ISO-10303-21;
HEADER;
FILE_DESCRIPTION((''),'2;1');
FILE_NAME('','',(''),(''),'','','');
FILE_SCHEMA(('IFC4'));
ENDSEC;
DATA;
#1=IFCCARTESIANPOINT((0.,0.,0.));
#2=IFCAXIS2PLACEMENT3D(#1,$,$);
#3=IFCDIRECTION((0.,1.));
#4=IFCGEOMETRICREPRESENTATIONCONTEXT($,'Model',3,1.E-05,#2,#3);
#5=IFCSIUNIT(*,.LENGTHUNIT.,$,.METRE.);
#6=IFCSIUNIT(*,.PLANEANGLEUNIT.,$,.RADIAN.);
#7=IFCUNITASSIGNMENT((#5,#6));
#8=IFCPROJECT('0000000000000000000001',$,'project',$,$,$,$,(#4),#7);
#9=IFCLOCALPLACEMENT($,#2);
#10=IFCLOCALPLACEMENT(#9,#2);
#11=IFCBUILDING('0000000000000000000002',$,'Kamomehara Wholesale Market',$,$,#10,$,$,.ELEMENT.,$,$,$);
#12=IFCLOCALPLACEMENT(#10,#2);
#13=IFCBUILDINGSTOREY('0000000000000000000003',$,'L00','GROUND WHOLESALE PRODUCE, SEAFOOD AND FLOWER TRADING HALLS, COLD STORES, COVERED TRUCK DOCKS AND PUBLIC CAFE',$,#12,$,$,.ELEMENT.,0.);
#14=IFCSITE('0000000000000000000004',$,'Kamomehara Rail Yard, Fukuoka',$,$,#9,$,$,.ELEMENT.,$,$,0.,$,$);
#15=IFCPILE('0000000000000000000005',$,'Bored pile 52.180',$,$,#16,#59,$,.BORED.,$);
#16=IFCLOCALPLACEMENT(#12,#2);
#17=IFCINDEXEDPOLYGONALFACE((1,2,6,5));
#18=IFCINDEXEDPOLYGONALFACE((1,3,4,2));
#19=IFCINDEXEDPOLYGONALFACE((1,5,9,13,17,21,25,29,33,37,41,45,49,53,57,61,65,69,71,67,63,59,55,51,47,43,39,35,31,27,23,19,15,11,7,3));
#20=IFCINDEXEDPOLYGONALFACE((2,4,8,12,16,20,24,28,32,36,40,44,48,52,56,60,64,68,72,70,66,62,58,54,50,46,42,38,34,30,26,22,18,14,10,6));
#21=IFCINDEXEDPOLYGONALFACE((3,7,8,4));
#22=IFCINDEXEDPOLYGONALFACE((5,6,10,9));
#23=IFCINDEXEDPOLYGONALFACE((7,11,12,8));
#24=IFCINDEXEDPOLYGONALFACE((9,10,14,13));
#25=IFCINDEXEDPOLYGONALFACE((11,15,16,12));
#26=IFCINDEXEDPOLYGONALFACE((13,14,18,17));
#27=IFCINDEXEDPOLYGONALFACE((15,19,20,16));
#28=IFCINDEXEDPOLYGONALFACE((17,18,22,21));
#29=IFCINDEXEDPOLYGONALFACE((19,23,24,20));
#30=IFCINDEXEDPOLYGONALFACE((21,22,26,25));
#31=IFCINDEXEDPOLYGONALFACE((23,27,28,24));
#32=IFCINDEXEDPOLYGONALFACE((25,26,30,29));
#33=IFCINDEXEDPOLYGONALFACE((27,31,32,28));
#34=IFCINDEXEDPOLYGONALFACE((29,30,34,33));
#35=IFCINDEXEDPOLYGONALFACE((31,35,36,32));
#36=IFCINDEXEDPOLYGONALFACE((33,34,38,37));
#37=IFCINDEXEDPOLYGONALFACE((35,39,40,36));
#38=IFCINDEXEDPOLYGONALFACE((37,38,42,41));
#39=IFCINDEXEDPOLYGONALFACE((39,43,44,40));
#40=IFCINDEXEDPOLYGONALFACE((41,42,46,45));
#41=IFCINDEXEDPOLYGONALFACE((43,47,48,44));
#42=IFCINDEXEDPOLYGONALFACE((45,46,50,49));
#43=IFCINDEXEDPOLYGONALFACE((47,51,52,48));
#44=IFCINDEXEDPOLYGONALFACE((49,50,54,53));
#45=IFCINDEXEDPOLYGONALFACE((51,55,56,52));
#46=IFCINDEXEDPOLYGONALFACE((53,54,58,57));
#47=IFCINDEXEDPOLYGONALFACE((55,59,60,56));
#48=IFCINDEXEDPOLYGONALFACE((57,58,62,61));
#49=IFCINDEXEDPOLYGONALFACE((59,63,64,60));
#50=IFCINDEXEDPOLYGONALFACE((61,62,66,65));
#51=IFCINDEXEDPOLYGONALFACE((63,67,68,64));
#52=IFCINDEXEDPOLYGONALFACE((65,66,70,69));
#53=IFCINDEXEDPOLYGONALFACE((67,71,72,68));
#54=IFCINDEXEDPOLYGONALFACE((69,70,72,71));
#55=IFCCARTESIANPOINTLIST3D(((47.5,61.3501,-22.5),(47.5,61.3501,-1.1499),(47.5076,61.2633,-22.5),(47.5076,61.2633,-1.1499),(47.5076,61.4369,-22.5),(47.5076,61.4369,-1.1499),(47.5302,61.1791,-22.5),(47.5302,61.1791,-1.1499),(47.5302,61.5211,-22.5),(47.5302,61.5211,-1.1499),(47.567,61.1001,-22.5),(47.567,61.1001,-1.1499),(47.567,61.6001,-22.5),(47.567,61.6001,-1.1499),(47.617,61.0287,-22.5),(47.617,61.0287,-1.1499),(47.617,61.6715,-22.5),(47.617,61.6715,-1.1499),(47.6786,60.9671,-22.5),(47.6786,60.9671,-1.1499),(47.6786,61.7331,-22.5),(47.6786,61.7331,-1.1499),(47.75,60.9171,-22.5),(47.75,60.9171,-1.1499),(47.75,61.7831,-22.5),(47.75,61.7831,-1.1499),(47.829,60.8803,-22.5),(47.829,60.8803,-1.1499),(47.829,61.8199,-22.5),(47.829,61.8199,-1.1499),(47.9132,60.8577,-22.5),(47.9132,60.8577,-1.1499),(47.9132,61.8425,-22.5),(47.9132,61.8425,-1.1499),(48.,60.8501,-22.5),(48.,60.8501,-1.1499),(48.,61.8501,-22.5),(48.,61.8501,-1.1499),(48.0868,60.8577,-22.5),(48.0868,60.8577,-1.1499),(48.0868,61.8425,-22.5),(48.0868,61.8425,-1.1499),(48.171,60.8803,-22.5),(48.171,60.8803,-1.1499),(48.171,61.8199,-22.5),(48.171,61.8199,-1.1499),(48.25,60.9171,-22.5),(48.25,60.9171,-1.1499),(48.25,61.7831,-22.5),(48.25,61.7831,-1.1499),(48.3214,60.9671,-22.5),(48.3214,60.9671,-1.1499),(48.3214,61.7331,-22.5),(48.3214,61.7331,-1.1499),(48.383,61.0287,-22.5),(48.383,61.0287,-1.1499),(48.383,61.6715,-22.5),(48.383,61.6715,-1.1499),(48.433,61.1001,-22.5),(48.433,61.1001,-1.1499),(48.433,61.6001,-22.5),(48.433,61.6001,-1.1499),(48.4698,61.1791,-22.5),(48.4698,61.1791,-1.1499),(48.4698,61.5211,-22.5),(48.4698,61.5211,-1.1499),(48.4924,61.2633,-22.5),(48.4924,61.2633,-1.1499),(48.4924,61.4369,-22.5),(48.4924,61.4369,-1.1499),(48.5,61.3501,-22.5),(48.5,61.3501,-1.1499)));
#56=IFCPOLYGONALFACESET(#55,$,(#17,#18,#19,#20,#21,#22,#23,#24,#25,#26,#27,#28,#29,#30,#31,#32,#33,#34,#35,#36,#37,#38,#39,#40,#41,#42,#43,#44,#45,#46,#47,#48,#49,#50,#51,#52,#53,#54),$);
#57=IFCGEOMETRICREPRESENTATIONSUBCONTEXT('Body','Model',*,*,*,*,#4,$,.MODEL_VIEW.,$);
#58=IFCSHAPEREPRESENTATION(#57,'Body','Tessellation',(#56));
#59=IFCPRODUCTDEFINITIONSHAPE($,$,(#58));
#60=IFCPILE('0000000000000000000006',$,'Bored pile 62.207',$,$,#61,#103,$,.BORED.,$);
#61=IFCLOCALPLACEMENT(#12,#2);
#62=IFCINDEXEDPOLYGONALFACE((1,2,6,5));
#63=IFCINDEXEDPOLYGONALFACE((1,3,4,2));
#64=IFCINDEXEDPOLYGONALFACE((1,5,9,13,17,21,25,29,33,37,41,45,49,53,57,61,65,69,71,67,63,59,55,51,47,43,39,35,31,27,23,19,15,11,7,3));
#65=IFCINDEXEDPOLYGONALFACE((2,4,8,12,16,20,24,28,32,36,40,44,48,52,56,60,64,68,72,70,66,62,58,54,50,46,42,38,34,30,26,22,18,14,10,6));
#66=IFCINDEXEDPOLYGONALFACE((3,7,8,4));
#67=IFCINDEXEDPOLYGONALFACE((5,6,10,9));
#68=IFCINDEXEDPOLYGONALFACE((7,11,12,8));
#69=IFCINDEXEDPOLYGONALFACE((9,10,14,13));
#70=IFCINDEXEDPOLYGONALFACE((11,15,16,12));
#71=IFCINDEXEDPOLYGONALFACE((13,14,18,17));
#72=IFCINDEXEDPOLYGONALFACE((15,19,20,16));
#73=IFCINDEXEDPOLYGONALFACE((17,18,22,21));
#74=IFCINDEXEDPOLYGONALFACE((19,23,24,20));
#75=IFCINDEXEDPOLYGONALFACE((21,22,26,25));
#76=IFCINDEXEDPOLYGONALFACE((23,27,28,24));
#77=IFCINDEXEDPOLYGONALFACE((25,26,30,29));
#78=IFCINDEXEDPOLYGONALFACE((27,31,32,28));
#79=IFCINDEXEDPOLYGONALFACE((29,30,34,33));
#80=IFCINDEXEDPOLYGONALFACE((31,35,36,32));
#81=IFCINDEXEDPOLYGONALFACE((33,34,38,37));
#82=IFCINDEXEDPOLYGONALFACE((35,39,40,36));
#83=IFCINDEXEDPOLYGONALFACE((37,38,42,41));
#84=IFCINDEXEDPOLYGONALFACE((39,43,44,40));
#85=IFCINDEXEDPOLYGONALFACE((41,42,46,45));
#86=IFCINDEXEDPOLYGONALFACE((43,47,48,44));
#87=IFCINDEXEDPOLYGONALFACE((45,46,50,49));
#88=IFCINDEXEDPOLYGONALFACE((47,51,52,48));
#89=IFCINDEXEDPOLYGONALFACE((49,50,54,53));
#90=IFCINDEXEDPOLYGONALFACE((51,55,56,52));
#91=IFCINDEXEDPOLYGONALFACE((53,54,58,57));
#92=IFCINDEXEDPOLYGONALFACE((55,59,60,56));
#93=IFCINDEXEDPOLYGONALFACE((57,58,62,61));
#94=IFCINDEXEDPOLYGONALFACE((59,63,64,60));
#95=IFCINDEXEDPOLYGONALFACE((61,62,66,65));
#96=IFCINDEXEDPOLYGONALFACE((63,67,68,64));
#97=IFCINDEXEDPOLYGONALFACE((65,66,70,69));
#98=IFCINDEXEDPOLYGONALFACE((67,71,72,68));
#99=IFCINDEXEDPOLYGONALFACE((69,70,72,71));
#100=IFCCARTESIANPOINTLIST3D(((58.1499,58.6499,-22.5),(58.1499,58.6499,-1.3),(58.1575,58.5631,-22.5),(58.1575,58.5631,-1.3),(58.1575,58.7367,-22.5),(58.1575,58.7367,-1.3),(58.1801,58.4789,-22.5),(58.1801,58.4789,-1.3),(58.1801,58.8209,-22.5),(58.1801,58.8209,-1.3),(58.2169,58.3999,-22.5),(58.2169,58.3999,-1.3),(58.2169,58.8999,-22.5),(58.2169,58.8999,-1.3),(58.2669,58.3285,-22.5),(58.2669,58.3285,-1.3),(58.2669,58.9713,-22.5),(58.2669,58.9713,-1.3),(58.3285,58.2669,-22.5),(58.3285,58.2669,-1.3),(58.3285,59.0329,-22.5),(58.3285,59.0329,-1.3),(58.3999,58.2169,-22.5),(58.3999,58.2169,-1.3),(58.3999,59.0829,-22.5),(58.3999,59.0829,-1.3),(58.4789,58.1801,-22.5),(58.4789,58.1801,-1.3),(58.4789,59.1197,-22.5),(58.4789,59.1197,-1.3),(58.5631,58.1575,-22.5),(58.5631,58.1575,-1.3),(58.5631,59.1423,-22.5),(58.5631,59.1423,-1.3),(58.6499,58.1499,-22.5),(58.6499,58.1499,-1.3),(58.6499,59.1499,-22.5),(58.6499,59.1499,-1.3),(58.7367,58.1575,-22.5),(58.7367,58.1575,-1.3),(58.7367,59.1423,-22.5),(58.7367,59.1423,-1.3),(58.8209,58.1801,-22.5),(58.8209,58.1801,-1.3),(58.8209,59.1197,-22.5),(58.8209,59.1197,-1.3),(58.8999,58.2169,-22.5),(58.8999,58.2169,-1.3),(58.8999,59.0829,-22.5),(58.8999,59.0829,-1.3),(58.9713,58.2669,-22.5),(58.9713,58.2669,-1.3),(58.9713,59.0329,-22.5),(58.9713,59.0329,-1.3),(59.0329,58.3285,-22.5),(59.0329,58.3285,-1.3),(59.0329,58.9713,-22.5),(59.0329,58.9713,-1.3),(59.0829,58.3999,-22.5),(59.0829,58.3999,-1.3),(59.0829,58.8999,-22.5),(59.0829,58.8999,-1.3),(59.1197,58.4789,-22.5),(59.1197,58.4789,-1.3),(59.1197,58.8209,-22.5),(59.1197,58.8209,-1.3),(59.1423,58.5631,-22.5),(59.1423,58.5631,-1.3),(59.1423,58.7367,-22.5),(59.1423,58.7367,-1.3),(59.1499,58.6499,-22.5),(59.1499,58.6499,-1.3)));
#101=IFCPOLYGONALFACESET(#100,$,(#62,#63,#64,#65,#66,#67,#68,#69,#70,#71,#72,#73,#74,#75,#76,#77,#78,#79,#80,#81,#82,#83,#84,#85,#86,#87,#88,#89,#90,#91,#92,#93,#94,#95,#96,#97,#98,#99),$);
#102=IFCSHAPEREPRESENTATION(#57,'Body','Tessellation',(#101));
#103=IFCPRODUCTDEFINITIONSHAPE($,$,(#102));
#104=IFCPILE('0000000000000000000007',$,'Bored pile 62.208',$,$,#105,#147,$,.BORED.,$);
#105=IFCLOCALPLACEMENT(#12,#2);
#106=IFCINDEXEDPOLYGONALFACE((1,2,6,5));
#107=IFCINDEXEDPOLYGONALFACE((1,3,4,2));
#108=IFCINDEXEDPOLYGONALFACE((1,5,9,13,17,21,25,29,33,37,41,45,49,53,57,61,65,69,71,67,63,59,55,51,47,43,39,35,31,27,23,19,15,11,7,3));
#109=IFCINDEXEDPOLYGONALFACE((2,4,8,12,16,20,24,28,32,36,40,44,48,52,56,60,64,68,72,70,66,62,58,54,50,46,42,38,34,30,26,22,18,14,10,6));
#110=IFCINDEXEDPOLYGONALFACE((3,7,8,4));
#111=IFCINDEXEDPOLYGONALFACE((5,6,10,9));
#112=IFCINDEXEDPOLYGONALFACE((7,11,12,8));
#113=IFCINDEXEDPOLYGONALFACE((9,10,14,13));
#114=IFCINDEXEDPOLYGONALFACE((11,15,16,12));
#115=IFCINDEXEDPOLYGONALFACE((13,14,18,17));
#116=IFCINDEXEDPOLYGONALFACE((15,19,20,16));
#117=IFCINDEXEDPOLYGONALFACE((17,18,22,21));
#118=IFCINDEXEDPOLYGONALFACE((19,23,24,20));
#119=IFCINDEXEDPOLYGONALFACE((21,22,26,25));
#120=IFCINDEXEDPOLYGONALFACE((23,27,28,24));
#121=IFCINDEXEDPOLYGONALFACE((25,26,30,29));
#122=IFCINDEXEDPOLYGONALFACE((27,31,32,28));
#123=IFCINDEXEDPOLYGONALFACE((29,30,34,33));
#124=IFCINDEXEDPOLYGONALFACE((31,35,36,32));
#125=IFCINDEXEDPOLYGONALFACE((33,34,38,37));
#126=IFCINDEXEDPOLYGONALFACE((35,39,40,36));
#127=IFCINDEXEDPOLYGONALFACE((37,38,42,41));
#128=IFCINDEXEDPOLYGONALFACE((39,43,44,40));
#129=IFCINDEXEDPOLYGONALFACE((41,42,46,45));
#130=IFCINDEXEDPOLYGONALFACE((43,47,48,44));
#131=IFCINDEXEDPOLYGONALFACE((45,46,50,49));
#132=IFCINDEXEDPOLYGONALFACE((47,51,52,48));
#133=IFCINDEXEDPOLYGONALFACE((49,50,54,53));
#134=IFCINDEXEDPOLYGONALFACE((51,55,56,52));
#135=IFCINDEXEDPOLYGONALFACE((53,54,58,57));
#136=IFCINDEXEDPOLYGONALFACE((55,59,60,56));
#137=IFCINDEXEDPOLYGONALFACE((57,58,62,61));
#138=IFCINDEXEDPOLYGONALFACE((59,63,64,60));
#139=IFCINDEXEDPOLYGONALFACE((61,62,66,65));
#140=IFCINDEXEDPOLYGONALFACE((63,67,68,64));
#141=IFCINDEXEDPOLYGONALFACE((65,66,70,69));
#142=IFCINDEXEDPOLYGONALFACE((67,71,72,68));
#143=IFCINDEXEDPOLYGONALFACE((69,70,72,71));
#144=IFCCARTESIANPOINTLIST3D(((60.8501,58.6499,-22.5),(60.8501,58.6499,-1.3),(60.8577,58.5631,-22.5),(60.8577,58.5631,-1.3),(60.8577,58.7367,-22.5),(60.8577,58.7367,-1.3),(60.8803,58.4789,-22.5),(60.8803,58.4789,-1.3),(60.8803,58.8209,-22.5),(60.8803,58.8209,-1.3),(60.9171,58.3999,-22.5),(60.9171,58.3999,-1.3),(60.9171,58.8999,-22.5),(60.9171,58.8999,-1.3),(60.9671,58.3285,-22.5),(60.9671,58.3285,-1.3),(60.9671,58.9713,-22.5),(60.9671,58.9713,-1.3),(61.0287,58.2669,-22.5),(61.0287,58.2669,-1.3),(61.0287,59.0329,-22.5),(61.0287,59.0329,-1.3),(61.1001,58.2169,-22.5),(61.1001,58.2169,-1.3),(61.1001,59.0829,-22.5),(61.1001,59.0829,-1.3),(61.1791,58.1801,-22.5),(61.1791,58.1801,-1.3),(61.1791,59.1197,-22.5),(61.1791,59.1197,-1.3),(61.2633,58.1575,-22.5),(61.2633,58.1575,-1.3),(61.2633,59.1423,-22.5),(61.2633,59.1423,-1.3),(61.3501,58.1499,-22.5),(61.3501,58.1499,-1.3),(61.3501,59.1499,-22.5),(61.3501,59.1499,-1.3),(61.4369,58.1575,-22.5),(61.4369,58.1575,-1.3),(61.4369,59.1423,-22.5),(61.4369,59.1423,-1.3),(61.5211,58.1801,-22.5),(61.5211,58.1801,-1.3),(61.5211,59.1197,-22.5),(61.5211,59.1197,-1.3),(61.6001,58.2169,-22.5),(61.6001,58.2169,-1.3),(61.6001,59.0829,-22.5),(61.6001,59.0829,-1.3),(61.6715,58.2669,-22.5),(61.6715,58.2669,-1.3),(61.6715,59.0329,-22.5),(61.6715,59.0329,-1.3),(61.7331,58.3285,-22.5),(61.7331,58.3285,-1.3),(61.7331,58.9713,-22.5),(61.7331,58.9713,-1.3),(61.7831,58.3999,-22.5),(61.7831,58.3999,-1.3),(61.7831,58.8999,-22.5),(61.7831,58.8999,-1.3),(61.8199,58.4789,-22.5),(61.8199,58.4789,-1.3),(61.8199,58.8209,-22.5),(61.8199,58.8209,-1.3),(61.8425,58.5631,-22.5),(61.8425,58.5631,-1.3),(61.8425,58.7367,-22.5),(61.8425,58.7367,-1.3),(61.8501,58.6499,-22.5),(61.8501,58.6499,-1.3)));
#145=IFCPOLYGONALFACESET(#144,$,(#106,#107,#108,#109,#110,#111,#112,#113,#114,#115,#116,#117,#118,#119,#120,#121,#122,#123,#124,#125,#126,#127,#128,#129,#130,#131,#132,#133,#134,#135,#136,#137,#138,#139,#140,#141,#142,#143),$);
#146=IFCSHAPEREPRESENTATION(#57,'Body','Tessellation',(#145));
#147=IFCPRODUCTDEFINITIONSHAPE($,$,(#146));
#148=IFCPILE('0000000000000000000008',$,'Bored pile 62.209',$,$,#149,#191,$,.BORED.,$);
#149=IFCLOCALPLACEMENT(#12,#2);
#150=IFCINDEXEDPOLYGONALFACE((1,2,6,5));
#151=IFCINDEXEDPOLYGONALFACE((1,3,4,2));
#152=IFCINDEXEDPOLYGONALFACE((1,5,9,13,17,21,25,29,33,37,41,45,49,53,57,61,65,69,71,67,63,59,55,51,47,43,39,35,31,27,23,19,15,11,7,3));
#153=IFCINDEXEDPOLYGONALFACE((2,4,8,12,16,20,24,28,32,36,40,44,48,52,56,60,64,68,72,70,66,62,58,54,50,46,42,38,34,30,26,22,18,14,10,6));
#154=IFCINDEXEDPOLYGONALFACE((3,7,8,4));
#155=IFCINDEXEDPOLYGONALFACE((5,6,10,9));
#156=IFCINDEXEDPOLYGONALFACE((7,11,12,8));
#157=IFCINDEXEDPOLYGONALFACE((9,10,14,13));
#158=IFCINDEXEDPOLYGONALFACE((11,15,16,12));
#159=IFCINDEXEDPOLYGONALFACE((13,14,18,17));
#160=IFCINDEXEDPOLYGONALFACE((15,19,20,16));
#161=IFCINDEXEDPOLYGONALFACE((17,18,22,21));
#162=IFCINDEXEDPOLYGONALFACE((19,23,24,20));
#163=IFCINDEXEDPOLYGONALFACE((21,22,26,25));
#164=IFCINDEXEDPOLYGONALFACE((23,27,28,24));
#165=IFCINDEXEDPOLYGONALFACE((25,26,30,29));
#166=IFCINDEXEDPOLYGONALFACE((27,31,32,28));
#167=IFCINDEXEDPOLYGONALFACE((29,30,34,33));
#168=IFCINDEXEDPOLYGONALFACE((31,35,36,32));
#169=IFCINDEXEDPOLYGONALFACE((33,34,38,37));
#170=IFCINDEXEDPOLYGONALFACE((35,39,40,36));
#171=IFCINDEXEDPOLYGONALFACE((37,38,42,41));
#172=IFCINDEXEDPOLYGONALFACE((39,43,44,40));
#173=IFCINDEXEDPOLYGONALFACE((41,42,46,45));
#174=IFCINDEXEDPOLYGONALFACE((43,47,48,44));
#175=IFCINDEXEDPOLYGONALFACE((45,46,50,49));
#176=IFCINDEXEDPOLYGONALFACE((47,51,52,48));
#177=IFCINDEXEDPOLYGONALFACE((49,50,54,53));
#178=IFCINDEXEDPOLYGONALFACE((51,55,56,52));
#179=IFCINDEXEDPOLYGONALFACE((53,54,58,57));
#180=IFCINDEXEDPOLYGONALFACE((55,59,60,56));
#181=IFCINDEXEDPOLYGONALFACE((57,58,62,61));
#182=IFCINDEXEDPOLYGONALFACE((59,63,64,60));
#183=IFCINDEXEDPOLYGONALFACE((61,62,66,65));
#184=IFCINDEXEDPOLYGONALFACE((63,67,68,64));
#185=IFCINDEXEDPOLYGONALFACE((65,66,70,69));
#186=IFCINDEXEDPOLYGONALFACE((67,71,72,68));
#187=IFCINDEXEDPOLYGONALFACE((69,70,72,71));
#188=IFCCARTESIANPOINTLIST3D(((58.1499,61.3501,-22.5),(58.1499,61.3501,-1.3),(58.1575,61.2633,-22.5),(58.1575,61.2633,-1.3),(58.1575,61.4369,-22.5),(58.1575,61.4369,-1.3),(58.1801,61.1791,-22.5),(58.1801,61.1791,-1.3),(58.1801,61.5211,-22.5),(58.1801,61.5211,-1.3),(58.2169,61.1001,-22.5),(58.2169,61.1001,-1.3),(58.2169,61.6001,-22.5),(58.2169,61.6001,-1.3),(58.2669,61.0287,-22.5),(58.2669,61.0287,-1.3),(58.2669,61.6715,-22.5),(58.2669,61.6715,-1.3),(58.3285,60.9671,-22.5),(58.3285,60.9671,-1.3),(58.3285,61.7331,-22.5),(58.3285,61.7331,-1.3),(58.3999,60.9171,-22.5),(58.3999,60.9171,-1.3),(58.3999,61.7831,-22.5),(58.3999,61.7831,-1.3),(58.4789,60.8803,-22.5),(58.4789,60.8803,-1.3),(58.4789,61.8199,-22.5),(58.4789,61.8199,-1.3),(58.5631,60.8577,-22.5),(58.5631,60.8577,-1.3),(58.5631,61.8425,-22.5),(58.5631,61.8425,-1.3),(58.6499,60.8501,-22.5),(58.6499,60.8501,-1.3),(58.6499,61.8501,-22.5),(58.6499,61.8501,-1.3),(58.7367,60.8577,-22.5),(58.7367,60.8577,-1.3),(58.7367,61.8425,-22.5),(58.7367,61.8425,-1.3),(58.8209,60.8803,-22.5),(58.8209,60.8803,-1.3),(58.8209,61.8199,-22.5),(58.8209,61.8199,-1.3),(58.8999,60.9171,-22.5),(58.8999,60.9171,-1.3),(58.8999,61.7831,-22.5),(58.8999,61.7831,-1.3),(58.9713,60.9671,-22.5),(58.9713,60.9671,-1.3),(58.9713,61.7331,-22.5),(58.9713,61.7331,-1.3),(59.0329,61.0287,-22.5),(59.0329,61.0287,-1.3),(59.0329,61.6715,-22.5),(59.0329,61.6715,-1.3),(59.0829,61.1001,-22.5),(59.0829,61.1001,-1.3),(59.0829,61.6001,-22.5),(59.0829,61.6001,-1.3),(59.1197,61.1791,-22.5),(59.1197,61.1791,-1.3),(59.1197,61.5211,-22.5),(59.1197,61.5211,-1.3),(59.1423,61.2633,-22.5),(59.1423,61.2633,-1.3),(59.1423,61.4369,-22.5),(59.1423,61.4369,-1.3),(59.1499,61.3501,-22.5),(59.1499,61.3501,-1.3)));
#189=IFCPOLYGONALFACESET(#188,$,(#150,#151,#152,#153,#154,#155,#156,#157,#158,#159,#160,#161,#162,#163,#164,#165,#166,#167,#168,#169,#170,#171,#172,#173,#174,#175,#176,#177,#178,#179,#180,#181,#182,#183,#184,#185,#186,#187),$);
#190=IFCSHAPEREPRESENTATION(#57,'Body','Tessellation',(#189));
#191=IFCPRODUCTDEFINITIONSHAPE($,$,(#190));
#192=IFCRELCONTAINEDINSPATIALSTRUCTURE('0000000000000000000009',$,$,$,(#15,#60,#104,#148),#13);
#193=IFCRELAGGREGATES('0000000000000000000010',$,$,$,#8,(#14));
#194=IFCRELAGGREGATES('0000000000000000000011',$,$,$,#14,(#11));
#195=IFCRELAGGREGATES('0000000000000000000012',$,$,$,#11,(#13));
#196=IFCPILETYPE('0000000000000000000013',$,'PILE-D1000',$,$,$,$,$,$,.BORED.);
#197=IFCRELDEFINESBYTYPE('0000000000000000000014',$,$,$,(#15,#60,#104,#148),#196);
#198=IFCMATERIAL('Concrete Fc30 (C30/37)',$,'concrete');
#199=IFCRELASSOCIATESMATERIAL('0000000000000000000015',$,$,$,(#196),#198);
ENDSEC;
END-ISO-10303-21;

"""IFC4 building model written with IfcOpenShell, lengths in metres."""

from ifc_helpers import new_model, si_unit, direction, frame, origin, origin_2d, place, context, subcontext, project, spatial, circle, extrude, material, material_profile, profile_set, type_object, element, save


model = new_model("IFC4")

# Units and contexts
model_context = context("Model", 3, precision=1e-05, world=origin(), true_north=direction((0.0, 1.0)))
body_context = subcontext(model_context, "Body", "Model", "MODEL_VIEW")
ifc_project = project(units=[si_unit("LENGTHUNIT", "METRE"), si_unit("PLANEANGLEUNIT", "RADIAN")], contexts=[model_context])

# Site, building, storey
site_placement = place(None, origin())
site = spatial("IfcSite", under=ifc_project, at=site_placement, Name="Kamomehara Rail Yard, Fukuoka", CompositionType="ELEMENT", RefElevation=0.0)
building_placement = place(site_placement, origin())
building = spatial("IfcBuilding", under=site, at=building_placement, Name="Kamomehara Wholesale Market", CompositionType="ELEMENT")
storey_placement = place(building_placement, origin())
storey = spatial("IfcBuildingStorey", under=building, at=storey_placement, Name="L00", Description="GROUND WHOLESALE PRODUCE, SEAFOOD AND FLOWER TRADING HALLS, COLD STORES, COVERED TRUCK DOCKS AND PUBLIC CAFE", CompositionType="ELEMENT", Elevation=0.0)

# Piles
ifc_material_1 = material(Name="Concrete Fc30 (C30/37)", Category="concrete")
ifc_material_profile_1 = material_profile(ifc_material_1, circle(Radius=0.5, at=origin_2d()), Name="RC-PILE-D1000")
ifc_profile_set_1 = profile_set([ifc_material_profile_1], Name="Concrete Fc30 (C30/37)")
pile_type_1 = type_object("IfcPileType", Name="PILE-D1000", PredefinedType="BORED", material=ifc_profile_set_1)
for number, where, z_axis, x_axis, name in (
    (1, (48.0, 61.3501, -1.1499), (0.0, 0.0, -1.0), (1.0, 0.0, 0.0), "Bored pile 52.180"),
):
    element("IfcPile", number, at=place(storey_placement, frame(where, z_axis=z_axis, x_axis=x_axis)), inside=storey, type_object=pile_type_1, Name=name, PredefinedType="BORED", context=body_context, shape_type="SweptSolid", body=[
        extrude(circle(Radius=0.5, at=origin_2d()), origin(), (0.0, 0.0, 1.0), 21.3501),
    ])
for number, where, z_axis, x_axis, name in (
    (2, (58.6499, 58.6499, -1.3), (0.0, 0.0, -1.0), (1.0, 0.0, 0.0), "Bored pile 62.207"),
    (3, (61.3501, 58.6499, -1.3), (0.0, 0.0, -1.0), (1.0, 0.0, 0.0), "Bored pile 62.208"),
    (4, (58.6499, 61.3501, -1.3), (0.0, 0.0, -1.0), (1.0, 0.0, 0.0), "Bored pile 62.209"),
):
    element("IfcPile", number, at=place(storey_placement, frame(where, z_axis=z_axis, x_axis=x_axis)), inside=storey, type_object=pile_type_1, Name=name, PredefinedType="BORED", context=body_context, shape_type="SweptSolid", body=[
        extrude(circle(Radius=0.5, at=origin_2d()), origin(), (0.0, 0.0, 1.0), 21.2),
    ])

save(model, "model.ifc")
